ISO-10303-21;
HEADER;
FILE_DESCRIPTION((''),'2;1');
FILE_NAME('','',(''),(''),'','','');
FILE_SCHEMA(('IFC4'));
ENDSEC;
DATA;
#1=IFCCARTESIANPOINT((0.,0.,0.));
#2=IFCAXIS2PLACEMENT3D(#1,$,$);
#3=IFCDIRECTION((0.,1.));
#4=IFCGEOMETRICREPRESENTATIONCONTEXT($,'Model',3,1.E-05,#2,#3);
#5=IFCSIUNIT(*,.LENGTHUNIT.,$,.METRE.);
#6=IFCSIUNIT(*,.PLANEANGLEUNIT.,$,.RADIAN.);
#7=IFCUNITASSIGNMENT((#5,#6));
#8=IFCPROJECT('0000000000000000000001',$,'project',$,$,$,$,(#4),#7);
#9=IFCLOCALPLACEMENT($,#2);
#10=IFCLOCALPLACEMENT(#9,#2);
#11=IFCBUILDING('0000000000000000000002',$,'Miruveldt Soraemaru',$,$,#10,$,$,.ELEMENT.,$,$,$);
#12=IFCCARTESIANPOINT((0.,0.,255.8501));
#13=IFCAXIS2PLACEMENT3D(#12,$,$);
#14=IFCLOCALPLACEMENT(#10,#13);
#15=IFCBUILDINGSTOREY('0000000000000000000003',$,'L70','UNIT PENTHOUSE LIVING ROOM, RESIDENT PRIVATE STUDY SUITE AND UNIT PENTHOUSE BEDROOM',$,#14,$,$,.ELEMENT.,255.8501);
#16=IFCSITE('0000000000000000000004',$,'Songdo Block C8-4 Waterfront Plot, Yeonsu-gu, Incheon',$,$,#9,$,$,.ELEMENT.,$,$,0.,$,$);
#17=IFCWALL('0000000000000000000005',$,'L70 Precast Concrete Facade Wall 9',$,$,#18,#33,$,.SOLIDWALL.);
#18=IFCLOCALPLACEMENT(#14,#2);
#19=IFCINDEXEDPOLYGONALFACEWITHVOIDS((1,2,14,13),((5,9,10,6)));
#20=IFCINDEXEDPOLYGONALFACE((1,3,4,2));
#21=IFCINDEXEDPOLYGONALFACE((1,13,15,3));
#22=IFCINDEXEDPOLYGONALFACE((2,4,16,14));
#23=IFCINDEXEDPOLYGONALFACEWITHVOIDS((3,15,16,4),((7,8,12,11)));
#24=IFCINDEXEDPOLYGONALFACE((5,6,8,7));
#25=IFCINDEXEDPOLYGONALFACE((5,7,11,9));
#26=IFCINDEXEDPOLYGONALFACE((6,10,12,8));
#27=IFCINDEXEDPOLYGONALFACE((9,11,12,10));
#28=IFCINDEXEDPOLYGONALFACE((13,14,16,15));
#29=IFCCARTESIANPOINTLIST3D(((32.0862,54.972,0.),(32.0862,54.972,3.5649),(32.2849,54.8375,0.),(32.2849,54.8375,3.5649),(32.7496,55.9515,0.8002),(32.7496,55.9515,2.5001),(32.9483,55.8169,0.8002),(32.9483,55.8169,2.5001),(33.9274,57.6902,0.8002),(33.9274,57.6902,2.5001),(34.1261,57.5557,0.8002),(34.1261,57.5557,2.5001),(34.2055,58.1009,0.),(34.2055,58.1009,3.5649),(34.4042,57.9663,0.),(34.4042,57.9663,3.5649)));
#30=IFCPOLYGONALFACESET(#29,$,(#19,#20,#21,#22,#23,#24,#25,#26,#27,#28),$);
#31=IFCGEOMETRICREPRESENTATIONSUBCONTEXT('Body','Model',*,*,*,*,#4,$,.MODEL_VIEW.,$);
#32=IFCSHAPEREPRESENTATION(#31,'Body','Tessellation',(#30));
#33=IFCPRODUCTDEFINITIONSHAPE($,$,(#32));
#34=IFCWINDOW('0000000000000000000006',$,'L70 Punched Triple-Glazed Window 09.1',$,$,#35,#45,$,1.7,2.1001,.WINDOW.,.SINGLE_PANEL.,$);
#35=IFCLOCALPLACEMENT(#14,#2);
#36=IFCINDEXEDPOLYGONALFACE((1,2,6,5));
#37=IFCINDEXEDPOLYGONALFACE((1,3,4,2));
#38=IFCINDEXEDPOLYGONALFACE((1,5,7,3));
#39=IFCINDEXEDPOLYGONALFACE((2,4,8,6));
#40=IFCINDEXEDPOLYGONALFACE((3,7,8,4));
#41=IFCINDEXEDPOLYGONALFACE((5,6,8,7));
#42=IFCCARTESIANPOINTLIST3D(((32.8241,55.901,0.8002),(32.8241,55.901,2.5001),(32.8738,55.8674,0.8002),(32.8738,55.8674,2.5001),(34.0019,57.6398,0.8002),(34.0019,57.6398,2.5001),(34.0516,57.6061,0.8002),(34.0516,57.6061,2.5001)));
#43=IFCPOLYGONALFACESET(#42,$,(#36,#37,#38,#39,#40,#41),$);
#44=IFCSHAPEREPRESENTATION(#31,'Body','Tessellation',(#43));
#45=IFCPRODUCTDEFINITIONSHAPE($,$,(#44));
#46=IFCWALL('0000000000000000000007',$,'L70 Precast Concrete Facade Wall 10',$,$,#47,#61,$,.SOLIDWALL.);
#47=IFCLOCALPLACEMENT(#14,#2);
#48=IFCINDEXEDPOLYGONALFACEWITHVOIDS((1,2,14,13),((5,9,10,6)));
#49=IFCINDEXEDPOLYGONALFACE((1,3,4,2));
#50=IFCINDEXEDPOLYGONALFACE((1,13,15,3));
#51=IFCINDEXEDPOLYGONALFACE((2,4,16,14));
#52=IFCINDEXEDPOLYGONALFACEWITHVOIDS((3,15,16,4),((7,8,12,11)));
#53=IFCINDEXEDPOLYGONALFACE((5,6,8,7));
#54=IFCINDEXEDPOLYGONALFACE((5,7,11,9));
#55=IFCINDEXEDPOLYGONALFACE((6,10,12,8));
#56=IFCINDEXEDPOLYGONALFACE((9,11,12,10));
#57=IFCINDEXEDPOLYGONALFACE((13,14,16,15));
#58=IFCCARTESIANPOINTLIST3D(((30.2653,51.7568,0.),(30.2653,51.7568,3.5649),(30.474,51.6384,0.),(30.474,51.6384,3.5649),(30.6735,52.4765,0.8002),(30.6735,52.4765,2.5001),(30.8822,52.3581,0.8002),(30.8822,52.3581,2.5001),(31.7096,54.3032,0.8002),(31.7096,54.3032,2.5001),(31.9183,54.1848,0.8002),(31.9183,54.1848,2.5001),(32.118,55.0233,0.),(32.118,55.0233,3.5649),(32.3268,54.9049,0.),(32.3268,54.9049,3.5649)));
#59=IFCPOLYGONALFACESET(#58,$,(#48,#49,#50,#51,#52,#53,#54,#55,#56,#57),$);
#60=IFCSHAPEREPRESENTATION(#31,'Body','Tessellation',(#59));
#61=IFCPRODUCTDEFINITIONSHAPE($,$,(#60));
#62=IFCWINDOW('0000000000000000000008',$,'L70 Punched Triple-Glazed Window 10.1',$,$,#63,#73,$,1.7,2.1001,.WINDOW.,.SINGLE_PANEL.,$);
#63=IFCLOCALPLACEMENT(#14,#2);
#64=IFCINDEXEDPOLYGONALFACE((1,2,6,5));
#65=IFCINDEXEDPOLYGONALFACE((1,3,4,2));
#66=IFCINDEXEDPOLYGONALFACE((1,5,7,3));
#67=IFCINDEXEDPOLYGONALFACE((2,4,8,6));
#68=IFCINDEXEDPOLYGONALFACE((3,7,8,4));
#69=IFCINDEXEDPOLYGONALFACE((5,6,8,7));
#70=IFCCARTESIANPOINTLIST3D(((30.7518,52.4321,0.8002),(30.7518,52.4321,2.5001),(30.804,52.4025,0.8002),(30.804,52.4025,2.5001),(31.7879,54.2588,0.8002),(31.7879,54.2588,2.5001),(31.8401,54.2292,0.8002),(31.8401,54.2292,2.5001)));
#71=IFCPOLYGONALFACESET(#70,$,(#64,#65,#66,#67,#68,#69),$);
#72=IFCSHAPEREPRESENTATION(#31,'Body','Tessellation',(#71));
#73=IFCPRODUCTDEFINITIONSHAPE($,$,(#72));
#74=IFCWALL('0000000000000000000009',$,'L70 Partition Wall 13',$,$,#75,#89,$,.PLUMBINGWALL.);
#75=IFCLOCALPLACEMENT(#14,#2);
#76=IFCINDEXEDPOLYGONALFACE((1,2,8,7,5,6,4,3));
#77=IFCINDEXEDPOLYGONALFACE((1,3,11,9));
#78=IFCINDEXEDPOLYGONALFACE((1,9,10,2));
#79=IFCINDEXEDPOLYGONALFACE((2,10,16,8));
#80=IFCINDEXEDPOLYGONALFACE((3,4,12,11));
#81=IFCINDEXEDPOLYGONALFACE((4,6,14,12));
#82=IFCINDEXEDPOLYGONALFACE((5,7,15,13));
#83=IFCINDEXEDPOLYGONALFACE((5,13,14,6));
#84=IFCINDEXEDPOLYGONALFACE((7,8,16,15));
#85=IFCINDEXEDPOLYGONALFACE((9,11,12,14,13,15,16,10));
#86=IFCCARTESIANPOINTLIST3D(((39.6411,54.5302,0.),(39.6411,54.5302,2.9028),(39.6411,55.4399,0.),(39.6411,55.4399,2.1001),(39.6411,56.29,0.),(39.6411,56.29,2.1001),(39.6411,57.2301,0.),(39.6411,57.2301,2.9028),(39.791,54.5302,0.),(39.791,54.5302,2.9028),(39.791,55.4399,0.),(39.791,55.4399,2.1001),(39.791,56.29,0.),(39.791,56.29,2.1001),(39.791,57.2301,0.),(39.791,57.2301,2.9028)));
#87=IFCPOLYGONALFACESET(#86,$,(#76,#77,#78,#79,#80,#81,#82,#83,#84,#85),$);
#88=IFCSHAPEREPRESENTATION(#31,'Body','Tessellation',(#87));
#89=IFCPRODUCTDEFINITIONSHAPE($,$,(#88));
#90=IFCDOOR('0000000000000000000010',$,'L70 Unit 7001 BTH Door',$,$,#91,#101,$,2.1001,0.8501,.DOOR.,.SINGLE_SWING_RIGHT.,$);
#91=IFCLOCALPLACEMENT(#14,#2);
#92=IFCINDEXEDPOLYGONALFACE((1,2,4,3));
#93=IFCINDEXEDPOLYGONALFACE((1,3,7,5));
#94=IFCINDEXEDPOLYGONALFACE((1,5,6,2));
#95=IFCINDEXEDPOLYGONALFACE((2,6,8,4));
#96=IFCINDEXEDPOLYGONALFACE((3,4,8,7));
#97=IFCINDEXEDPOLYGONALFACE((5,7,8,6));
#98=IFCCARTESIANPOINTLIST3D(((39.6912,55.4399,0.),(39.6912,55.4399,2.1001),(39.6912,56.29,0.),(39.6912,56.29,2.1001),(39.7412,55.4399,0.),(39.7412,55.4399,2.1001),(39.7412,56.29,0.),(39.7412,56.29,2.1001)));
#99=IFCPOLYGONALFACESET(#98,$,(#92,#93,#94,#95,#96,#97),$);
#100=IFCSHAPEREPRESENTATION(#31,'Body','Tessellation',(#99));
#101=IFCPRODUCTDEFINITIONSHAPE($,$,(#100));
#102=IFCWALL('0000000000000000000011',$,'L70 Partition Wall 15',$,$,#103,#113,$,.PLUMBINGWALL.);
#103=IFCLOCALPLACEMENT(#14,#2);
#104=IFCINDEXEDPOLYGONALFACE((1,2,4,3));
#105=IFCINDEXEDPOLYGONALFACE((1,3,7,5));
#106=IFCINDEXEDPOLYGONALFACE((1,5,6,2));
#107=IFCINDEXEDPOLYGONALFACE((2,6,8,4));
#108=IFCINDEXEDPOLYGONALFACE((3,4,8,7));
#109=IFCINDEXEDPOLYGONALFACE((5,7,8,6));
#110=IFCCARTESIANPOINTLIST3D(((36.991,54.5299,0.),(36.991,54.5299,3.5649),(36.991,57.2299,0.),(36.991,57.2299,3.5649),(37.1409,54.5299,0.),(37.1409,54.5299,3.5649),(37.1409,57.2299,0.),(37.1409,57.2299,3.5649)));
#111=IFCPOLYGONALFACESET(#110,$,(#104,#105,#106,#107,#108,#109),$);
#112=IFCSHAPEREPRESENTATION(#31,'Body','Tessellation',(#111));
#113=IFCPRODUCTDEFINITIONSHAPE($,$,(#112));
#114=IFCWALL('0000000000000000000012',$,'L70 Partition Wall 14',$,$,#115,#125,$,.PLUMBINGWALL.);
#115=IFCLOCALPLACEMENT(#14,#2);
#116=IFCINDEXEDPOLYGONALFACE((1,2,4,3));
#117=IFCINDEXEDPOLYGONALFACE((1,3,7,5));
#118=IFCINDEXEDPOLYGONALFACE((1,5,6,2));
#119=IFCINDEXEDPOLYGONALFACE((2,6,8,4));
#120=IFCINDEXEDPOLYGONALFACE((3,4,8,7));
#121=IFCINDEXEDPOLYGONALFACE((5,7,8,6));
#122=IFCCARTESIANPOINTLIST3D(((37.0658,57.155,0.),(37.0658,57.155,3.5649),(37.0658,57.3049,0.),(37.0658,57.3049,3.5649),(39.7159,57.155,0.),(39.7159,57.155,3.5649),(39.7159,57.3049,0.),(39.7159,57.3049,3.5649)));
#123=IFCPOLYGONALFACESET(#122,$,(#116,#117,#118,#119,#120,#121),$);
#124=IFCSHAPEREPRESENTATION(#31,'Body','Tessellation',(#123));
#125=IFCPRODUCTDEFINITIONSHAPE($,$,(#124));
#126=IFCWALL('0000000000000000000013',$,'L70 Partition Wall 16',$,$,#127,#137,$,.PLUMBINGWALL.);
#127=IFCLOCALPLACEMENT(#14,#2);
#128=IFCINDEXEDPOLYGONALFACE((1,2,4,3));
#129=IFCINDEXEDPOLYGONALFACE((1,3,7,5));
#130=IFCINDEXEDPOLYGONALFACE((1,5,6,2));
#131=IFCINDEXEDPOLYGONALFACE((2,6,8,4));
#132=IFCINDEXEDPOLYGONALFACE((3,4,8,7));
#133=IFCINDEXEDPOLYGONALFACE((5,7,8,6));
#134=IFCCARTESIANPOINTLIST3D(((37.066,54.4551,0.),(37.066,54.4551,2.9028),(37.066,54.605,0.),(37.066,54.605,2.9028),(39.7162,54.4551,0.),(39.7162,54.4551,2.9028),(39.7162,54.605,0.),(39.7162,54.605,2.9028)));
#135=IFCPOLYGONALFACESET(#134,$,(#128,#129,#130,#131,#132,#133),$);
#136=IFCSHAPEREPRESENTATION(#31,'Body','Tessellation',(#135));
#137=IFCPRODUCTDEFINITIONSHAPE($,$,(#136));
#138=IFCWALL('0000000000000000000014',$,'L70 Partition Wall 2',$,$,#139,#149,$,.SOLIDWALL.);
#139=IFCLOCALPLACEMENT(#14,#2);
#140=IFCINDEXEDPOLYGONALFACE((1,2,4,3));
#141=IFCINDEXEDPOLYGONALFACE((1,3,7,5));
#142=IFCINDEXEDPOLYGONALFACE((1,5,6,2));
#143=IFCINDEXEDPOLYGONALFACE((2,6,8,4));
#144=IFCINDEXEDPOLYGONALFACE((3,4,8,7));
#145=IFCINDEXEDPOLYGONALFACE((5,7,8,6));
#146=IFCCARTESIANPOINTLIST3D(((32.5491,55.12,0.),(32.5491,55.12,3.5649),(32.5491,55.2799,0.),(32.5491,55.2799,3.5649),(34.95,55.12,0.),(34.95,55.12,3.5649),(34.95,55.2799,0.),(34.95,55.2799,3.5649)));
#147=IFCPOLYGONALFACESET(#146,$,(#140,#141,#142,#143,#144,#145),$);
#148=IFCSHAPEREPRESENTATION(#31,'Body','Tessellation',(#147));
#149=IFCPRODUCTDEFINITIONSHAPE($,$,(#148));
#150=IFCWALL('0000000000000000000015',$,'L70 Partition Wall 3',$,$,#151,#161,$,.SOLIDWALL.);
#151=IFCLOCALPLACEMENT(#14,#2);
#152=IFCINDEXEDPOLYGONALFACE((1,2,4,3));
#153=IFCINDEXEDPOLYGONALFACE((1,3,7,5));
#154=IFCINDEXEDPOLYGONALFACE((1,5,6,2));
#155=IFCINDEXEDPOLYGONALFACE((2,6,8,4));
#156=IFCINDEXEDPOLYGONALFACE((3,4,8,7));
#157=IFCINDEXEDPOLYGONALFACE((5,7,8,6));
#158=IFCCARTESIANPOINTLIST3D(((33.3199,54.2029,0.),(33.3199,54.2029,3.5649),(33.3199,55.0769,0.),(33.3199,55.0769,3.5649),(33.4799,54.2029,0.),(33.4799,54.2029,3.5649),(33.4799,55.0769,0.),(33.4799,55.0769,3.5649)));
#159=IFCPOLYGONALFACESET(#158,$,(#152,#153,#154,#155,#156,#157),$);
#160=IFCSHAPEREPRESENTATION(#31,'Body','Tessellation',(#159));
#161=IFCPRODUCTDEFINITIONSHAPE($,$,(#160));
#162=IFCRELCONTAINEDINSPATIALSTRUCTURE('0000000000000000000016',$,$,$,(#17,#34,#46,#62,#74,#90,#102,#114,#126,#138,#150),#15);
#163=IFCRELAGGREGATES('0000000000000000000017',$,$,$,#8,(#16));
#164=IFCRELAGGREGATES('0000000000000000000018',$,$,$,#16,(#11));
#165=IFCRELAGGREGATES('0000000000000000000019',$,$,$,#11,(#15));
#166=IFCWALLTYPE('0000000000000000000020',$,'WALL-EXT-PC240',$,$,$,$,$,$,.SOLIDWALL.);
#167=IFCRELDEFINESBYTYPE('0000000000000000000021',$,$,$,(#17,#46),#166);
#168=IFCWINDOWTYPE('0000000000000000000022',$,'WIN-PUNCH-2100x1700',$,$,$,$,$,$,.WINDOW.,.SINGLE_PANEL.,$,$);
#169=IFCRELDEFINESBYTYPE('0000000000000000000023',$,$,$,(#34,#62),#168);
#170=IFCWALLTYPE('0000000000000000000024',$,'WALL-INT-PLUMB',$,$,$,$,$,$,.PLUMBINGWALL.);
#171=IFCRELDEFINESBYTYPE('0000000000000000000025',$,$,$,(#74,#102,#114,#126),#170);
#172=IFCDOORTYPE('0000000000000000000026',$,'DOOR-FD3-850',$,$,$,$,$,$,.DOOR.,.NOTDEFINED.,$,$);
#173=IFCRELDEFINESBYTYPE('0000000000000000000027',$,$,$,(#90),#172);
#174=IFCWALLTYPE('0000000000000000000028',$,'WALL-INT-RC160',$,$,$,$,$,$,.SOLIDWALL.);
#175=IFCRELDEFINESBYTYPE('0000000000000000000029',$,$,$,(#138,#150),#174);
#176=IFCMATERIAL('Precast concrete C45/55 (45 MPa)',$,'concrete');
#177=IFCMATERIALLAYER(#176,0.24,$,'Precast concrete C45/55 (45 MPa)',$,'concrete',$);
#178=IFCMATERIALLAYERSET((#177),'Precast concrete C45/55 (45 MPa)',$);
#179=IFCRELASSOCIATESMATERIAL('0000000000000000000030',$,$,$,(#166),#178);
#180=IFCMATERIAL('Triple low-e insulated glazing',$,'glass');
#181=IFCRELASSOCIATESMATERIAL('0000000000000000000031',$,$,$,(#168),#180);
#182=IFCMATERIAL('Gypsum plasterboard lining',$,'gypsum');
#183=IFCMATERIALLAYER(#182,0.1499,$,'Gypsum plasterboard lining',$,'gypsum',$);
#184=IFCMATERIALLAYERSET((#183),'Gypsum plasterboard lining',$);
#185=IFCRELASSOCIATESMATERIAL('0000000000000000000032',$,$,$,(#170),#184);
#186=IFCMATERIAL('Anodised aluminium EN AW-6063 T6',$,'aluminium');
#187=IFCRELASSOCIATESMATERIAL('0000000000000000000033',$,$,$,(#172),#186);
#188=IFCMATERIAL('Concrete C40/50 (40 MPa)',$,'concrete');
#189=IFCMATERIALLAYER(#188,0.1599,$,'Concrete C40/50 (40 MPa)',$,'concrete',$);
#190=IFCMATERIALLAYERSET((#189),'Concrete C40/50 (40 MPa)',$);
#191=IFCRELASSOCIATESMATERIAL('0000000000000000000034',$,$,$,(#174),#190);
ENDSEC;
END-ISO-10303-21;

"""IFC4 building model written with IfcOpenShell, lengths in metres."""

from ifc_helpers import new_model, si_unit, direction, frame, frame_2d, origin, place, context, subcontext, project, spatial, rectangle, extrude, material, layer, layer_set, type_object, element, fill, save


model = new_model("IFC4")

# Units and contexts
model_context = context("Model", 3, precision=1e-05, world=origin(), true_north=direction((0.0, 1.0)))
body_context = subcontext(model_context, "Body", "Model", "MODEL_VIEW")
ifc_project = project(units=[si_unit("LENGTHUNIT", "METRE"), si_unit("PLANEANGLEUNIT", "RADIAN")], contexts=[model_context])

# Site, building, storey
site_placement = place(None, origin())
site = spatial("IfcSite", under=ifc_project, at=site_placement, Name="Songdo Block C8-4 Waterfront Plot, Yeonsu-gu, Incheon", CompositionType="ELEMENT", RefElevation=0.0)
building_placement = place(site_placement, origin())
building = spatial("IfcBuilding", under=site, at=building_placement, Name="Miruveldt Soraemaru", CompositionType="ELEMENT")
storey_placement = place(building_placement, frame((0.0, 0.0, 255.8501)))
storey = spatial("IfcBuildingStorey", under=building, at=storey_placement, Name="L70", Description="UNIT PENTHOUSE LIVING ROOM, RESIDENT PRIVATE STUDY SUITE AND UNIT PENTHOUSE BEDROOM", CompositionType="ELEMENT", Elevation=255.8501)

# Shared definitions
ifc_material_1 = material(Name="Anodised aluminium EN AW-6063 T6", Category="aluminium")

# Walls, openings, windows
ifc_material_2 = material(Name="Precast concrete C45/55 (45 MPa)", Category="concrete")
ifc_layer_1 = layer(ifc_material_2, 0.24, Name="Precast concrete C45/55 (45 MPa)", Category="concrete")
ifc_layer_set_1 = layer_set([ifc_layer_1], Name="Precast concrete C45/55 (45 MPa)")
wall_type_1 = type_object("IfcWallType", Name="WALL-EXT-PC240", PredefinedType="SOLIDWALL", material=ifc_layer_set_1)
ifc_material_3 = material(Name="Triple low-e insulated glazing", Category="glass")
window_type_1 = type_object("IfcWindowType", Name="WIN-PUNCH-2100x1700", PartitioningType="SINGLE_PANEL", PredefinedType="WINDOW", material=ifc_material_3)
wall_1_placement = place(storey_placement, frame((34.3049, 58.0337, 0.0), z_axis=(0.0, 0.0, 1.0), x_axis=(-0.560812, -0.827943, 0.0)))
wall_1 = element("IfcWall", 1, at=wall_1_placement, inside=storey, type_object=wall_type_1, Name="L70 Precast Concrete Facade Wall 9", PredefinedType="SOLIDWALL", context=body_context, shape_type="SweptSolid", body=[
    extrude(rectangle(XDim=3.7791, YDim=0.24, at=frame_2d((1.8896, 0.0))), origin(), (0.0, 0.0, 1.0), 3.5649),
])
opening_1_placement = place(wall_1_placement, frame((0.4961, 0.0, 0.8)))
opening_1 = element("IfcOpeningElement", 2, at=opening_1_placement, cuts=wall_1, PredefinedType="OPENING", context=body_context, shape_type="SweptSolid", body=[
    extrude(rectangle(XDim=2.1001, YDim=1.7, at=frame_2d((1.05, 0.8501))), frame((0.0, 0.1299, 0.0), z_axis=(0.0, -1.0, 0.0), x_axis=(1.0, 0.0, 0.0)), (0.0, 0.0, 1.0), 0.26),
])
window_1_placement = place(opening_1_placement, origin())
window_1 = element("IfcWindow", 3, at=window_1_placement, inside=storey, type_object=window_type_1, Name="L70 Punched Triple-Glazed Window 09.1", OverallHeight=1.7, OverallWidth=2.1001, PartitioningType="SINGLE_PANEL", PredefinedType="WINDOW", context=body_context, shape_type="SweptSolid", body=[
    extrude(rectangle(XDim=2.1001, YDim=1.7, at=frame_2d((1.05, 0.8501))), frame((0.0, 0.03, 0.0), z_axis=(0.0, -1.0, 0.0), x_axis=(1.0, 0.0, 0.0)), (0.0, 0.0, 1.0), 0.0601),
])
fill(opening_1, window_1)
wall_2_placement = place(storey_placement, frame((32.2224, 54.9641, 0.0), z_axis=(0.0, 0.0, 1.0), x_axis=(-0.493357, -0.869827, 0.0)))
wall_2 = element("IfcWall", 4, at=wall_2_placement, inside=storey, type_object=wall_type_1, Name="L70 Precast Concrete Facade Wall 10", PredefinedType="SOLIDWALL", context=body_context, shape_type="SweptSolid", body=[
    extrude(rectangle(XDim=3.7554, YDim=0.24, at=frame_2d((1.8777, 0.0))), origin(), (0.0, 0.0, 1.0), 3.5649),
])
opening_2_placement = place(wall_2_placement, frame((0.8279, 0.0, 0.8)))
opening_2 = element("IfcOpeningElement", 5, at=opening_2_placement, cuts=wall_2, PredefinedType="OPENING", context=body_context, shape_type="SweptSolid", body=[
    extrude(rectangle(XDim=2.1001, YDim=1.7, at=frame_2d((1.05, 0.8501))), frame((0.0, 0.1299, 0.0), z_axis=(0.0, -1.0, 0.0), x_axis=(1.0, 0.0, 0.0)), (0.0, 0.0, 1.0), 0.26),
])
window_2_placement = place(opening_2_placement, origin())
window_2 = element("IfcWindow", 6, at=window_2_placement, inside=storey, type_object=window_type_1, Name="L70 Punched Triple-Glazed Window 10.1", OverallHeight=1.7, OverallWidth=2.1001, PartitioningType="SINGLE_PANEL", PredefinedType="WINDOW", context=body_context, shape_type="SweptSolid", body=[
    extrude(rectangle(XDim=2.1001, YDim=1.7, at=frame_2d((1.05, 0.8501))), frame((0.0, 0.03, 0.0), z_axis=(0.0, -1.0, 0.0), x_axis=(1.0, 0.0, 0.0)), (0.0, 0.0, 1.0), 0.0601),
])
fill(opening_2, window_2)

# Wall, opening, door
ifc_material_4 = material(Name="Gypsum plasterboard lining", Category="gypsum")
ifc_layer_2 = layer(ifc_material_4, 0.1499, Name="Gypsum plasterboard lining", Category="gypsum")
ifc_layer_set_2 = layer_set([ifc_layer_2], Name="Gypsum plasterboard lining")
wall_type_2 = type_object("IfcWallType", Name="WALL-INT-PLUMB", PredefinedType="PLUMBINGWALL", material=ifc_layer_set_2)
wall_3_placement = place(storey_placement, frame((39.7161, 54.53, 0.0), z_axis=(0.0, 0.0, 1.0), x_axis=(0.0, 1.0, 0.0)))
wall_3 = element("IfcWall", 7, at=wall_3_placement, inside=storey, type_object=wall_type_2, Name="L70 Partition Wall 13", PredefinedType="PLUMBINGWALL", context=body_context, shape_type="SweptSolid", body=[
    extrude(rectangle(XDim=2.7, YDim=0.1499, at=frame_2d((1.3501, 0.0))), origin(), (0.0, 0.0, 1.0), 2.9028),
])
opening_3_placement = place(wall_3_placement, frame((0.9099, 0.0, 0.0)))
opening_3 = element("IfcOpeningElement", 8, at=opening_3_placement, cuts=wall_3, PredefinedType="OPENING", context=body_context, shape_type="SweptSolid", body=[
    extrude(rectangle(XDim=0.8501, YDim=2.1001, at=frame_2d((0.425, 1.05))), frame((0.0, 0.085, 0.0), z_axis=(0.0, -1.0, 0.0), x_axis=(1.0, 0.0, 0.0)), (0.0, 0.0, 1.0), 0.1699),
])
door_type = type_object("IfcDoorType", Name="DOOR-FD3-850", OperationType="NOTDEFINED", PredefinedType="DOOR", material=ifc_material_1)
door_placement = place(opening_3_placement, origin())
door = element("IfcDoor", 9, at=door_placement, inside=storey, type_object=door_type, Name="L70 Unit 7001 BTH Door", OperationType="SINGLE_SWING_RIGHT", OverallHeight=2.1001, OverallWidth=0.8501, PredefinedType="DOOR", context=body_context, shape_type="SweptSolid", body=[
    extrude(rectangle(XDim=0.8501, YDim=2.1001, at=frame_2d((0.425, 1.05))), frame((0.0, 0.0249, 0.0), z_axis=(0.0, -1.0, 0.0), x_axis=(1.0, 0.0, 0.0)), (0.0, 0.0, 1.0), 0.05),
])
fill(opening_3, door)

# Walls
wall_4_placement = place(storey_placement, frame((37.0659, 57.23, 0.0), z_axis=(0.0, 0.0, 1.0), x_axis=(0.0, -1.0, 0.0)))
element("IfcWall", 10, at=wall_4_placement, inside=storey, type_object=wall_type_2, Name="L70 Partition Wall 15", PredefinedType="PLUMBINGWALL", context=body_context, shape_type="SweptSolid", body=[
    extrude(rectangle(XDim=2.7, YDim=0.1499, at=frame_2d((1.3501, 0.0))), origin(), (0.0, 0.0, 1.0), 3.5649),
])
wall_5_placement = place(storey_placement, frame((39.7161, 57.23, 0.0), z_axis=(0.0, 0.0, 1.0), x_axis=(-1.0, 0.0, 0.0)))
element("IfcWall", 11, at=wall_5_placement, inside=storey, type_object=wall_type_2, Name="L70 Partition Wall 14", PredefinedType="PLUMBINGWALL", context=body_context, shape_type="SweptSolid", body=[
    extrude(rectangle(XDim=2.6501, YDim=0.1499, at=frame_2d((1.3252, 0.0))), origin(), (0.0, 0.0, 1.0), 3.5649),
])
wall_6_placement = place(storey_placement, frame((37.0659, 54.53, 0.0), z_axis=(0.0, 0.0, 1.0), x_axis=(1.0, 0.0, 0.0)))
element("IfcWall", 12, at=wall_6_placement, inside=storey, type_object=wall_type_2, Name="L70 Partition Wall 16", PredefinedType="PLUMBINGWALL", context=body_context, shape_type="SweptSolid", body=[
    extrude(rectangle(XDim=2.6501, YDim=0.1499, at=frame_2d((1.3252, 0.0))), origin(), (0.0, 0.0, 1.0), 2.9028),
])
ifc_material_5 = material(Name="Concrete C40/50 (40 MPa)", Category="concrete")
ifc_layer_3 = layer(ifc_material_5, 0.1599, Name="Concrete C40/50 (40 MPa)", Category="concrete")
ifc_layer_set_3 = layer_set([ifc_layer_3], Name="Concrete C40/50 (40 MPa)")
wall_type_3 = type_object("IfcWallType", Name="WALL-INT-RC160", PredefinedType="SOLIDWALL", material=ifc_layer_set_3)
wall_7_placement = place(storey_placement, frame((34.95, 55.2, 0.0), z_axis=(0.0, 0.0, 1.0), x_axis=(-1.0, 0.0, 0.0)))
element("IfcWall", 13, at=wall_7_placement, inside=storey, type_object=wall_type_3, Name="L70 Partition Wall 2", PredefinedType="SOLIDWALL", context=body_context, shape_type="SweptSolid", body=[
    extrude(rectangle(XDim=2.4009, YDim=0.1599, at=frame_2d((1.2004, 0.0))), origin(), (0.0, 0.0, 1.0), 3.5649),
])
wall_8_placement = place(storey_placement, frame((33.3999, 55.0769, 0.0), z_axis=(0.0, 0.0, 1.0), x_axis=(0.0, -1.0, 0.0)))
element("IfcWall", 14, at=wall_8_placement, inside=storey, type_object=wall_type_3, Name="L70 Partition Wall 3", PredefinedType="SOLIDWALL", context=body_context, shape_type="SweptSolid", body=[
    extrude(rectangle(XDim=0.874, YDim=0.1599, at=frame_2d((0.437, 0.0))), origin(), (0.0, 0.0, 1.0), 3.5649),
])

save(model, "model.ifc")
